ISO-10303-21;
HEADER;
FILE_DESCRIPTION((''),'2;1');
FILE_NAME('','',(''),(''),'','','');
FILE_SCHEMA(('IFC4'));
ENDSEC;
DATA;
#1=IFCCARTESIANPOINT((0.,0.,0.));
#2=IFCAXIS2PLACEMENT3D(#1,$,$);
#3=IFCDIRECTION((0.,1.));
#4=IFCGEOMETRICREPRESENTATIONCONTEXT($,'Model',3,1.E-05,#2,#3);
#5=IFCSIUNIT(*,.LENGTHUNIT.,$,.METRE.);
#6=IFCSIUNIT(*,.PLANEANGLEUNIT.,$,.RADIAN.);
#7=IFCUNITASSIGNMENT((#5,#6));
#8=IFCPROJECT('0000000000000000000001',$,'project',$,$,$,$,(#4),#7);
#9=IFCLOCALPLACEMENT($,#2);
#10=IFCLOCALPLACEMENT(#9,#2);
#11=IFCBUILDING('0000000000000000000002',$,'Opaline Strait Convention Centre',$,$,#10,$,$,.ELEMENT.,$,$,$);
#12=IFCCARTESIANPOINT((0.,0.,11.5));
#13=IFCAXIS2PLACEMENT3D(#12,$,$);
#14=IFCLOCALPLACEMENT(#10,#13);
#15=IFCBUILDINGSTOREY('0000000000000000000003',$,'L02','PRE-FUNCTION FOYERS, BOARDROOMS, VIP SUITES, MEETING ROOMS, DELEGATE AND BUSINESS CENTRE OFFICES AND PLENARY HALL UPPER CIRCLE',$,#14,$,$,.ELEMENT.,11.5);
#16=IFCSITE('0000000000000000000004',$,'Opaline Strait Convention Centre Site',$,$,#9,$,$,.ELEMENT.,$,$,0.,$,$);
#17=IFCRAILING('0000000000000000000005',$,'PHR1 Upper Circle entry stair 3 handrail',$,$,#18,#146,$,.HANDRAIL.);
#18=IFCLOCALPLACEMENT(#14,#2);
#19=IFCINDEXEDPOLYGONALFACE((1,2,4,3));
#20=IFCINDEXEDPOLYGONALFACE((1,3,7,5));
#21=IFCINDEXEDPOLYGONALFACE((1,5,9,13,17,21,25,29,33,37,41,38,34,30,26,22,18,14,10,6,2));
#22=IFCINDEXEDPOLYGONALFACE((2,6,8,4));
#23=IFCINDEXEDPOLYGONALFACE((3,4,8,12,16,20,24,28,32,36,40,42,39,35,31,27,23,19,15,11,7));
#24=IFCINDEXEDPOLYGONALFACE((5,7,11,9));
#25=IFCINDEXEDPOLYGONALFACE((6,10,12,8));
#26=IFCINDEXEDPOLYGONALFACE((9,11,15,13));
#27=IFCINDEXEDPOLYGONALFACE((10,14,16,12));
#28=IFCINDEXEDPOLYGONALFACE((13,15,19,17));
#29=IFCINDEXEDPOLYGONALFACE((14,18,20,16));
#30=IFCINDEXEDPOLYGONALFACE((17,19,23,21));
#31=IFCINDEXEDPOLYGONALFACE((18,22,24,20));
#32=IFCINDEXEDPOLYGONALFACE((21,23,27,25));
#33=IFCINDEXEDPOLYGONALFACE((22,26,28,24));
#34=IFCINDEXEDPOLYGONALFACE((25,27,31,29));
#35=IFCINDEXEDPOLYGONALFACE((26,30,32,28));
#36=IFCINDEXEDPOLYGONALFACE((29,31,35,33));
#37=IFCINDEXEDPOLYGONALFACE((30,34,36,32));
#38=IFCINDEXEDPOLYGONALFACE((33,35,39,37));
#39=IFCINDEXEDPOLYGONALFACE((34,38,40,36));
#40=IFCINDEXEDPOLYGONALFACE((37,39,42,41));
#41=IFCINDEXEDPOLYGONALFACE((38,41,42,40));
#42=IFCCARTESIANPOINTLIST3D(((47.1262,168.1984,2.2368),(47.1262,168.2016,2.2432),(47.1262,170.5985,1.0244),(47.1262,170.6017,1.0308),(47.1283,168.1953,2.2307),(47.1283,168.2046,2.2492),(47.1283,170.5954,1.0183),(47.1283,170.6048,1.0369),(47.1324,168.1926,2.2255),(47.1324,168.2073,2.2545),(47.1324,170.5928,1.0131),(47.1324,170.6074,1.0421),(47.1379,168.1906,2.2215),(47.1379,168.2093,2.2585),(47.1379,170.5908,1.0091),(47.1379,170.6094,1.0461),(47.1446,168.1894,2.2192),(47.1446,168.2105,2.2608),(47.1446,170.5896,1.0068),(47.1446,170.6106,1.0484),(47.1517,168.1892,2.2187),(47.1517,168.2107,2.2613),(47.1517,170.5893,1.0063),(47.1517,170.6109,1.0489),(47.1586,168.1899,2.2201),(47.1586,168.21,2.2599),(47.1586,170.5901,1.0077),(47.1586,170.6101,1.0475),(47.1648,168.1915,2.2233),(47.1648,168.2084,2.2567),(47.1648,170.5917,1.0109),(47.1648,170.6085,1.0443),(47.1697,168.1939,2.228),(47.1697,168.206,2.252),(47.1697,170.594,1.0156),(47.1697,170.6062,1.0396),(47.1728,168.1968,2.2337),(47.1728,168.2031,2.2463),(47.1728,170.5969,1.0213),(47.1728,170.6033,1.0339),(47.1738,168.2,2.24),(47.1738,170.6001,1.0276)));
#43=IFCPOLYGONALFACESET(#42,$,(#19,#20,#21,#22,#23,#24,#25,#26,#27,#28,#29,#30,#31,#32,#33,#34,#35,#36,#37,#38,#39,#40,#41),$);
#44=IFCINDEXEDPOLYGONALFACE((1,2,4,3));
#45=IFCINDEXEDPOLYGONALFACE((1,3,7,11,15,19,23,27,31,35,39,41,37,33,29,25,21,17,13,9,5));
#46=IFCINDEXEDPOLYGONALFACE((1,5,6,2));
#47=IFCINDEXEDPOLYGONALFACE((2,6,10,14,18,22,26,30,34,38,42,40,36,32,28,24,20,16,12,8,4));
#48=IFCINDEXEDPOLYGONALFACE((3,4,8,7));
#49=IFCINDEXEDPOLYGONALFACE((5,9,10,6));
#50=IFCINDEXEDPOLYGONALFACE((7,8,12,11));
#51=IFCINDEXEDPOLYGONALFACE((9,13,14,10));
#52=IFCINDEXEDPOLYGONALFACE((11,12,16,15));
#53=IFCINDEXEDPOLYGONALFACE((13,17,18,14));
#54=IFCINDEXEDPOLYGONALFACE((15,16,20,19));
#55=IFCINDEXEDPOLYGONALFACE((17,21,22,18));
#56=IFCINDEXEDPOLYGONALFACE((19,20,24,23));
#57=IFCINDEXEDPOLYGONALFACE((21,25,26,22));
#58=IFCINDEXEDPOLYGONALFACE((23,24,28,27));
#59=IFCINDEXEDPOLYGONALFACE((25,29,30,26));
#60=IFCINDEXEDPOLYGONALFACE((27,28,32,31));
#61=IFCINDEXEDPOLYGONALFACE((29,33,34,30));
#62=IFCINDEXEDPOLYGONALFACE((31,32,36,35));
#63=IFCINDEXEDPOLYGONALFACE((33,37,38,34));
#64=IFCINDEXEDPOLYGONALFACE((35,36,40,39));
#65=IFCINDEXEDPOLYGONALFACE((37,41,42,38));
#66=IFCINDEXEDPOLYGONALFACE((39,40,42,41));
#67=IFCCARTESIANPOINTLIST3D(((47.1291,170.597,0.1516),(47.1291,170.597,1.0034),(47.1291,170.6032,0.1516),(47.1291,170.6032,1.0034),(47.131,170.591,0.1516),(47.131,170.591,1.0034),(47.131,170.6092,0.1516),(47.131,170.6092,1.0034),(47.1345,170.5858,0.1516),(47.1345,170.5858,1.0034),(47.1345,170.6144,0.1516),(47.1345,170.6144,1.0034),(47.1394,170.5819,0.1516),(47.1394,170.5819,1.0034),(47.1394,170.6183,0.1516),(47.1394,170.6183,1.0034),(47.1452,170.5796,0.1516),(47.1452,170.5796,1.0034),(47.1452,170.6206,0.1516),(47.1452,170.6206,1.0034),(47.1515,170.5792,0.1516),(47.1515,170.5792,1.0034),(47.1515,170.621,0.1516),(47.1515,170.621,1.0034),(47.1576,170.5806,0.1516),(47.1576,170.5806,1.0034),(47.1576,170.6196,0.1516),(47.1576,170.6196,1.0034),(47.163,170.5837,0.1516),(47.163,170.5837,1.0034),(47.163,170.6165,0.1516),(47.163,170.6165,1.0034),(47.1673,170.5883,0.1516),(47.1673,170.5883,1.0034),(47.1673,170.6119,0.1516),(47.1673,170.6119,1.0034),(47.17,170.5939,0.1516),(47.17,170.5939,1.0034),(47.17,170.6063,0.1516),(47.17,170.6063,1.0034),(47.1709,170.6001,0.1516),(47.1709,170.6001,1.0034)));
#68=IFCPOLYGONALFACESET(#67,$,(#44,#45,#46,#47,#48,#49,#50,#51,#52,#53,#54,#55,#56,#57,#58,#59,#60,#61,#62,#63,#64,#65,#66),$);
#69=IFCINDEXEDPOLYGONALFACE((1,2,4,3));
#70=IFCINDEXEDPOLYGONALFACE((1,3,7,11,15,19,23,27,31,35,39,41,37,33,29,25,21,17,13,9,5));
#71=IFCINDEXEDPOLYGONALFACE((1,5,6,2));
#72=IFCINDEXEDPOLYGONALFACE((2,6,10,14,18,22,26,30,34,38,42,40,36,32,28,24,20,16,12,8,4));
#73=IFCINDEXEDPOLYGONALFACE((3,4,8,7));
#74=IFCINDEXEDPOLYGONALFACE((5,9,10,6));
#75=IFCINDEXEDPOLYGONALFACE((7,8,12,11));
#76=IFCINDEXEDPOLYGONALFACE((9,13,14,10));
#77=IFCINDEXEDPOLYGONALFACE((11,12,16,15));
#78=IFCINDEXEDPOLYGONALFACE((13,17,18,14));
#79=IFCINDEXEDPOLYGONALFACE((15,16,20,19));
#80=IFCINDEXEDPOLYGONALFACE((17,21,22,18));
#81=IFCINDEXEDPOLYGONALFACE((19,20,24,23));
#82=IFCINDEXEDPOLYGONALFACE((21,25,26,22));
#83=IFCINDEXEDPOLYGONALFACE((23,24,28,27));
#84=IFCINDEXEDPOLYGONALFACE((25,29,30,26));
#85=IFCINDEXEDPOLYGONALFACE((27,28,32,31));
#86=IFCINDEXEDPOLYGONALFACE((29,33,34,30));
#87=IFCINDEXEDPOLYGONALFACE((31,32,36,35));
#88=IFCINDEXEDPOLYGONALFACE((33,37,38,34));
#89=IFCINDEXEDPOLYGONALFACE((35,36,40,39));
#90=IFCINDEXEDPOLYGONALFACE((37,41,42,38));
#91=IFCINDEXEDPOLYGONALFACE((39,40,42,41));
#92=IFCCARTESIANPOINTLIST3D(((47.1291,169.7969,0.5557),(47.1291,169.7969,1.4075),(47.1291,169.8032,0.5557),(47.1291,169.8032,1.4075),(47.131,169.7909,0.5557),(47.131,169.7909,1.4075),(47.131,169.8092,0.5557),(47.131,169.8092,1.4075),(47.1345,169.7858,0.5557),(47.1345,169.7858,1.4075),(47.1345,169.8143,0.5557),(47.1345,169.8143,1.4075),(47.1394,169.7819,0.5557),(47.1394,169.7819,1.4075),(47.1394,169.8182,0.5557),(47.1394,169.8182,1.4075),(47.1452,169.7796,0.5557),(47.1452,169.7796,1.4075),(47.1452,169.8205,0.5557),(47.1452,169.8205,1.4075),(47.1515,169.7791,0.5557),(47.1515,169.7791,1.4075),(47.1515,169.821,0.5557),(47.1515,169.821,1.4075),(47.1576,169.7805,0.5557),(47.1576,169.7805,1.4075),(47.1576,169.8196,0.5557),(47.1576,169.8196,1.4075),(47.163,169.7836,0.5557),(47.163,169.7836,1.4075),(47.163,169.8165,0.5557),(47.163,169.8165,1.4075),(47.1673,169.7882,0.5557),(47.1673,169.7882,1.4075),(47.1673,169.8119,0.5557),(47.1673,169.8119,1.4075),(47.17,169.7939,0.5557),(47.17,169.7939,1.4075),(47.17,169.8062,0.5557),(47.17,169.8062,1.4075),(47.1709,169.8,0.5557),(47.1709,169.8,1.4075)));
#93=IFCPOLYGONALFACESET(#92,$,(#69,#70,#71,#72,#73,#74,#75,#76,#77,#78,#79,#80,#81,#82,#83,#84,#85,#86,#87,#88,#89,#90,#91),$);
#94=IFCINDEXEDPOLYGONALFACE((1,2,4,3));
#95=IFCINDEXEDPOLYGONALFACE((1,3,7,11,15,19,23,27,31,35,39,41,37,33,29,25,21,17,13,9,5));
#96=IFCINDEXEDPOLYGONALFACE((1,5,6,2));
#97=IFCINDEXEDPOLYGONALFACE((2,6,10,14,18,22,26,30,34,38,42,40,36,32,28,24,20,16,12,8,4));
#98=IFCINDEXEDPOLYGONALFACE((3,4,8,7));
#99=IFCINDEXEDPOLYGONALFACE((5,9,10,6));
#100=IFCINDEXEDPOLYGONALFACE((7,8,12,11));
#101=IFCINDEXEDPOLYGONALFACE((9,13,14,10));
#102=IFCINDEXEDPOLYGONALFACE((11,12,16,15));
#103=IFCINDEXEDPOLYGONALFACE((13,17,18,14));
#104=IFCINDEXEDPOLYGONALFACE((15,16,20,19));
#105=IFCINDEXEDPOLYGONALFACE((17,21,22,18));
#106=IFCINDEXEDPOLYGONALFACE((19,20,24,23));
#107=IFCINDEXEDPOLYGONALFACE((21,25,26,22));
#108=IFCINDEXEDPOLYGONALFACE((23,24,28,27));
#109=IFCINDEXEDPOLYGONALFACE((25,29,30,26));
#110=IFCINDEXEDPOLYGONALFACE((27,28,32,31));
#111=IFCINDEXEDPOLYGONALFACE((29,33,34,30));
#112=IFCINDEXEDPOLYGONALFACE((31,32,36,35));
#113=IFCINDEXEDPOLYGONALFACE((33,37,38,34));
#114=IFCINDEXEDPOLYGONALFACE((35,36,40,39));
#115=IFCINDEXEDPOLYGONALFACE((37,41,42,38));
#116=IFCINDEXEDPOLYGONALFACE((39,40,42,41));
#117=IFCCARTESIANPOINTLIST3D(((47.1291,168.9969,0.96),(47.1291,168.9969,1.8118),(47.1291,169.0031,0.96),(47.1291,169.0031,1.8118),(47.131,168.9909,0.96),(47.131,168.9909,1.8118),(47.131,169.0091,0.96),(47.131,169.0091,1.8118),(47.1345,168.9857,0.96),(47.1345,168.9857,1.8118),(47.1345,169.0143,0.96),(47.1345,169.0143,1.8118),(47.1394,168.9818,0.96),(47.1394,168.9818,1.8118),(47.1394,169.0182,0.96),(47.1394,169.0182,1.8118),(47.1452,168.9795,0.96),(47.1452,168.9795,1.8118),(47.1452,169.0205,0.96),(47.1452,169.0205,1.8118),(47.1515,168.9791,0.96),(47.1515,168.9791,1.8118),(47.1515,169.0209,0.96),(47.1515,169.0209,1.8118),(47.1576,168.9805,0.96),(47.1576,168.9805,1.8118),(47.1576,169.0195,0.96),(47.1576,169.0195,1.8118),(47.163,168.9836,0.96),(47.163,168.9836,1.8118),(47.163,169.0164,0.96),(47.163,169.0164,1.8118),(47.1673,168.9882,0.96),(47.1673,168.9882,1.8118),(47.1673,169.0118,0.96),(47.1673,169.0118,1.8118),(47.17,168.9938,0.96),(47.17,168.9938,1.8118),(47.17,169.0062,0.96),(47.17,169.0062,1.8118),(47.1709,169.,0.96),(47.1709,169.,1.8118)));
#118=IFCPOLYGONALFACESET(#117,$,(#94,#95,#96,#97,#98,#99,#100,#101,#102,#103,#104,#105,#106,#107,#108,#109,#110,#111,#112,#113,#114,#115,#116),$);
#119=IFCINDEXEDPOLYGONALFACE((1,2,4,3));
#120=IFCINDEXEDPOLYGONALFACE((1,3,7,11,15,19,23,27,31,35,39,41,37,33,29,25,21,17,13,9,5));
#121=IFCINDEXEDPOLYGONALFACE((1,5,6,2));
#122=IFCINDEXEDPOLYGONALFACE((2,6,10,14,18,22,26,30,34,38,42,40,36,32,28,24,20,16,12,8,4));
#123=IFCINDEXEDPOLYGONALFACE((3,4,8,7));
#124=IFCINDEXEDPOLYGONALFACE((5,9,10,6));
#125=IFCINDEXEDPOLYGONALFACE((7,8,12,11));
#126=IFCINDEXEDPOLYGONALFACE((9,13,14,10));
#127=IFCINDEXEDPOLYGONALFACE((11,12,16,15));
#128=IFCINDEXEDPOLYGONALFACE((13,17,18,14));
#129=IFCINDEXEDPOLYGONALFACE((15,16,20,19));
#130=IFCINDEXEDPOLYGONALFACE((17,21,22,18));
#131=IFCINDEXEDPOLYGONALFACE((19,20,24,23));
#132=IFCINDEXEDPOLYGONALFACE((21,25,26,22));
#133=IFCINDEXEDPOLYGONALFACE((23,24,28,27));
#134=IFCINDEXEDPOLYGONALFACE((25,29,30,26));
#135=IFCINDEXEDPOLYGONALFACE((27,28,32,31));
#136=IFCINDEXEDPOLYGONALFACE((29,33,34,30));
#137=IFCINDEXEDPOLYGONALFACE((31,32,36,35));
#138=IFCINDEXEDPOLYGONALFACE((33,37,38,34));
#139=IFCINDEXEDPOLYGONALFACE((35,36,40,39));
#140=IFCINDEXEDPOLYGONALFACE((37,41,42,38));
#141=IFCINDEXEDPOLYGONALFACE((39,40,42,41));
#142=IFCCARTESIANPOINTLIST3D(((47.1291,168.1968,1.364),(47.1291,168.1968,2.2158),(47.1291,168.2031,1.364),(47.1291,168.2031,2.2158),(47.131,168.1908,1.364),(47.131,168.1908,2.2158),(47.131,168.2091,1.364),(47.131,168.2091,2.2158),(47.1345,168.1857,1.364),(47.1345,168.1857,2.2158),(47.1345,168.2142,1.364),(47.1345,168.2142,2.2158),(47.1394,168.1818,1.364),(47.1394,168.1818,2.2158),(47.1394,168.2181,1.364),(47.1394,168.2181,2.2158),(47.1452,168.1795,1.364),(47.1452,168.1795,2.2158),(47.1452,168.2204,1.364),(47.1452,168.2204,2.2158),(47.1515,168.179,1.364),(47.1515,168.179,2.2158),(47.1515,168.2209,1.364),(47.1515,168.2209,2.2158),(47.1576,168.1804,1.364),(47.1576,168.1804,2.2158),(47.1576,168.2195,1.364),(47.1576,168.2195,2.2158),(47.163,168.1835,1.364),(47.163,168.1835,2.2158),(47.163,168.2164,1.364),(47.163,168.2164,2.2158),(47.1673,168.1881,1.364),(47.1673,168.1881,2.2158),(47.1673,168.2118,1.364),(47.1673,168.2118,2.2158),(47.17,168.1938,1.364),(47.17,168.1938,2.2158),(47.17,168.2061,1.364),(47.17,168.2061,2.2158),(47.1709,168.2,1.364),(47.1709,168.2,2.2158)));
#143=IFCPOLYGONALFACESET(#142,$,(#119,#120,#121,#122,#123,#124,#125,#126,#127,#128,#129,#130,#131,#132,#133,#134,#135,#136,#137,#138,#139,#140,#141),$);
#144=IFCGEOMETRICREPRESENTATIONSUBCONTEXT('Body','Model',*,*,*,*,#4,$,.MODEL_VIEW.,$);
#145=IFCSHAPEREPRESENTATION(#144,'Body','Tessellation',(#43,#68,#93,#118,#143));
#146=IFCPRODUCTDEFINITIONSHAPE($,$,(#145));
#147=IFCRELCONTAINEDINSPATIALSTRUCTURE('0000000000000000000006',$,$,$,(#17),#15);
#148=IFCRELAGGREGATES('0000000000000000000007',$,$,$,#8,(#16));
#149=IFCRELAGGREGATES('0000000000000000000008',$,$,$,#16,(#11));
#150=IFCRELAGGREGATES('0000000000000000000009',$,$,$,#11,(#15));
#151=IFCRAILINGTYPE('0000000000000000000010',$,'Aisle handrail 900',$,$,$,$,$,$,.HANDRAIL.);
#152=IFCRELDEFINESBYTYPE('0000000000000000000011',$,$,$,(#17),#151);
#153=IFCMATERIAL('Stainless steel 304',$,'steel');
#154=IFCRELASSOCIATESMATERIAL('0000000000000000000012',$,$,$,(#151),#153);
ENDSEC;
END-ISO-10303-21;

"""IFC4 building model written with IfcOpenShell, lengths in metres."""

from ifc_helpers import new_model, si_unit, direction, frame, origin, origin_2d, place, context, subcontext, project, spatial, circle, extrude, material, type_object, element, save


model = new_model("IFC4")

# Units and contexts
model_context = context("Model", 3, precision=1e-05, world=origin(), true_north=direction((0.0, 1.0)))
body_context = subcontext(model_context, "Body", "Model", "MODEL_VIEW")
ifc_project = project(units=[si_unit("LENGTHUNIT", "METRE"), si_unit("PLANEANGLEUNIT", "RADIAN")], contexts=[model_context])

# Site, building, storey
site_placement = place(None, origin())
site = spatial("IfcSite", under=ifc_project, at=site_placement, Name="Opaline Strait Convention Centre Site", CompositionType="ELEMENT", RefElevation=0.0)
building_placement = place(site_placement, origin())
building = spatial("IfcBuilding", under=site, at=building_placement, Name="Opaline Strait Convention Centre", CompositionType="ELEMENT")
storey_placement = place(building_placement, frame((0.0, 0.0, 11.5)))
storey = spatial("IfcBuildingStorey", under=building, at=storey_placement, Name="L02", Description="PRE-FUNCTION FOYERS, BOARDROOMS, VIP SUITES, MEETING ROOMS, DELEGATE AND BUSINESS CENTRE OFFICES AND PLENARY HALL UPPER CIRCLE", CompositionType="ELEMENT", Elevation=11.5)

# Railing
ifc_material_1 = material(Name="Stainless steel 304", Category="steel")
railing_type_1 = type_object("IfcRailingType", Name="Aisle handrail 900", PredefinedType="HANDRAIL", material=ifc_material_1)
for number, where, name in (
    (1, (47.1499, 170.6001, 0.1516), "PHR1 Upper Circle entry stair 3 handrail"),
):
    element("IfcRailing", number, at=place(storey_placement, frame(where)), inside=storey, type_object=railing_type_1, Name=name, PredefinedType="HANDRAIL", context=body_context, shape_type="SweptSolid", body=[
        extrude(circle(Radius=0.0239, at=origin_2d()), frame((0.0, 0.0, 0.876), z_axis=(0.0, -0.892586, 0.450878), x_axis=(1.0, 0.0, 0.0)), (0.0, 0.0, 1.0), 2.689),
        extrude(circle(Radius=0.021, at=origin_2d()), origin(), (0.0, 0.0, 1.0), 0.8518),
        extrude(circle(Radius=0.021, at=origin_2d()), frame((0.0, -0.8, 0.4041)), (0.0, 0.0, 1.0), 0.8518),
        extrude(circle(Radius=0.021, at=origin_2d()), frame((0.0, -1.6001, 0.8083)), (0.0, 0.0, 1.0), 0.8518),
        extrude(circle(Radius=0.021, at=origin_2d()), frame((0.0, -2.4001, 1.2124)), (0.0, 0.0, 1.0), 0.8518),
    ])

save(model, "model.ifc")
